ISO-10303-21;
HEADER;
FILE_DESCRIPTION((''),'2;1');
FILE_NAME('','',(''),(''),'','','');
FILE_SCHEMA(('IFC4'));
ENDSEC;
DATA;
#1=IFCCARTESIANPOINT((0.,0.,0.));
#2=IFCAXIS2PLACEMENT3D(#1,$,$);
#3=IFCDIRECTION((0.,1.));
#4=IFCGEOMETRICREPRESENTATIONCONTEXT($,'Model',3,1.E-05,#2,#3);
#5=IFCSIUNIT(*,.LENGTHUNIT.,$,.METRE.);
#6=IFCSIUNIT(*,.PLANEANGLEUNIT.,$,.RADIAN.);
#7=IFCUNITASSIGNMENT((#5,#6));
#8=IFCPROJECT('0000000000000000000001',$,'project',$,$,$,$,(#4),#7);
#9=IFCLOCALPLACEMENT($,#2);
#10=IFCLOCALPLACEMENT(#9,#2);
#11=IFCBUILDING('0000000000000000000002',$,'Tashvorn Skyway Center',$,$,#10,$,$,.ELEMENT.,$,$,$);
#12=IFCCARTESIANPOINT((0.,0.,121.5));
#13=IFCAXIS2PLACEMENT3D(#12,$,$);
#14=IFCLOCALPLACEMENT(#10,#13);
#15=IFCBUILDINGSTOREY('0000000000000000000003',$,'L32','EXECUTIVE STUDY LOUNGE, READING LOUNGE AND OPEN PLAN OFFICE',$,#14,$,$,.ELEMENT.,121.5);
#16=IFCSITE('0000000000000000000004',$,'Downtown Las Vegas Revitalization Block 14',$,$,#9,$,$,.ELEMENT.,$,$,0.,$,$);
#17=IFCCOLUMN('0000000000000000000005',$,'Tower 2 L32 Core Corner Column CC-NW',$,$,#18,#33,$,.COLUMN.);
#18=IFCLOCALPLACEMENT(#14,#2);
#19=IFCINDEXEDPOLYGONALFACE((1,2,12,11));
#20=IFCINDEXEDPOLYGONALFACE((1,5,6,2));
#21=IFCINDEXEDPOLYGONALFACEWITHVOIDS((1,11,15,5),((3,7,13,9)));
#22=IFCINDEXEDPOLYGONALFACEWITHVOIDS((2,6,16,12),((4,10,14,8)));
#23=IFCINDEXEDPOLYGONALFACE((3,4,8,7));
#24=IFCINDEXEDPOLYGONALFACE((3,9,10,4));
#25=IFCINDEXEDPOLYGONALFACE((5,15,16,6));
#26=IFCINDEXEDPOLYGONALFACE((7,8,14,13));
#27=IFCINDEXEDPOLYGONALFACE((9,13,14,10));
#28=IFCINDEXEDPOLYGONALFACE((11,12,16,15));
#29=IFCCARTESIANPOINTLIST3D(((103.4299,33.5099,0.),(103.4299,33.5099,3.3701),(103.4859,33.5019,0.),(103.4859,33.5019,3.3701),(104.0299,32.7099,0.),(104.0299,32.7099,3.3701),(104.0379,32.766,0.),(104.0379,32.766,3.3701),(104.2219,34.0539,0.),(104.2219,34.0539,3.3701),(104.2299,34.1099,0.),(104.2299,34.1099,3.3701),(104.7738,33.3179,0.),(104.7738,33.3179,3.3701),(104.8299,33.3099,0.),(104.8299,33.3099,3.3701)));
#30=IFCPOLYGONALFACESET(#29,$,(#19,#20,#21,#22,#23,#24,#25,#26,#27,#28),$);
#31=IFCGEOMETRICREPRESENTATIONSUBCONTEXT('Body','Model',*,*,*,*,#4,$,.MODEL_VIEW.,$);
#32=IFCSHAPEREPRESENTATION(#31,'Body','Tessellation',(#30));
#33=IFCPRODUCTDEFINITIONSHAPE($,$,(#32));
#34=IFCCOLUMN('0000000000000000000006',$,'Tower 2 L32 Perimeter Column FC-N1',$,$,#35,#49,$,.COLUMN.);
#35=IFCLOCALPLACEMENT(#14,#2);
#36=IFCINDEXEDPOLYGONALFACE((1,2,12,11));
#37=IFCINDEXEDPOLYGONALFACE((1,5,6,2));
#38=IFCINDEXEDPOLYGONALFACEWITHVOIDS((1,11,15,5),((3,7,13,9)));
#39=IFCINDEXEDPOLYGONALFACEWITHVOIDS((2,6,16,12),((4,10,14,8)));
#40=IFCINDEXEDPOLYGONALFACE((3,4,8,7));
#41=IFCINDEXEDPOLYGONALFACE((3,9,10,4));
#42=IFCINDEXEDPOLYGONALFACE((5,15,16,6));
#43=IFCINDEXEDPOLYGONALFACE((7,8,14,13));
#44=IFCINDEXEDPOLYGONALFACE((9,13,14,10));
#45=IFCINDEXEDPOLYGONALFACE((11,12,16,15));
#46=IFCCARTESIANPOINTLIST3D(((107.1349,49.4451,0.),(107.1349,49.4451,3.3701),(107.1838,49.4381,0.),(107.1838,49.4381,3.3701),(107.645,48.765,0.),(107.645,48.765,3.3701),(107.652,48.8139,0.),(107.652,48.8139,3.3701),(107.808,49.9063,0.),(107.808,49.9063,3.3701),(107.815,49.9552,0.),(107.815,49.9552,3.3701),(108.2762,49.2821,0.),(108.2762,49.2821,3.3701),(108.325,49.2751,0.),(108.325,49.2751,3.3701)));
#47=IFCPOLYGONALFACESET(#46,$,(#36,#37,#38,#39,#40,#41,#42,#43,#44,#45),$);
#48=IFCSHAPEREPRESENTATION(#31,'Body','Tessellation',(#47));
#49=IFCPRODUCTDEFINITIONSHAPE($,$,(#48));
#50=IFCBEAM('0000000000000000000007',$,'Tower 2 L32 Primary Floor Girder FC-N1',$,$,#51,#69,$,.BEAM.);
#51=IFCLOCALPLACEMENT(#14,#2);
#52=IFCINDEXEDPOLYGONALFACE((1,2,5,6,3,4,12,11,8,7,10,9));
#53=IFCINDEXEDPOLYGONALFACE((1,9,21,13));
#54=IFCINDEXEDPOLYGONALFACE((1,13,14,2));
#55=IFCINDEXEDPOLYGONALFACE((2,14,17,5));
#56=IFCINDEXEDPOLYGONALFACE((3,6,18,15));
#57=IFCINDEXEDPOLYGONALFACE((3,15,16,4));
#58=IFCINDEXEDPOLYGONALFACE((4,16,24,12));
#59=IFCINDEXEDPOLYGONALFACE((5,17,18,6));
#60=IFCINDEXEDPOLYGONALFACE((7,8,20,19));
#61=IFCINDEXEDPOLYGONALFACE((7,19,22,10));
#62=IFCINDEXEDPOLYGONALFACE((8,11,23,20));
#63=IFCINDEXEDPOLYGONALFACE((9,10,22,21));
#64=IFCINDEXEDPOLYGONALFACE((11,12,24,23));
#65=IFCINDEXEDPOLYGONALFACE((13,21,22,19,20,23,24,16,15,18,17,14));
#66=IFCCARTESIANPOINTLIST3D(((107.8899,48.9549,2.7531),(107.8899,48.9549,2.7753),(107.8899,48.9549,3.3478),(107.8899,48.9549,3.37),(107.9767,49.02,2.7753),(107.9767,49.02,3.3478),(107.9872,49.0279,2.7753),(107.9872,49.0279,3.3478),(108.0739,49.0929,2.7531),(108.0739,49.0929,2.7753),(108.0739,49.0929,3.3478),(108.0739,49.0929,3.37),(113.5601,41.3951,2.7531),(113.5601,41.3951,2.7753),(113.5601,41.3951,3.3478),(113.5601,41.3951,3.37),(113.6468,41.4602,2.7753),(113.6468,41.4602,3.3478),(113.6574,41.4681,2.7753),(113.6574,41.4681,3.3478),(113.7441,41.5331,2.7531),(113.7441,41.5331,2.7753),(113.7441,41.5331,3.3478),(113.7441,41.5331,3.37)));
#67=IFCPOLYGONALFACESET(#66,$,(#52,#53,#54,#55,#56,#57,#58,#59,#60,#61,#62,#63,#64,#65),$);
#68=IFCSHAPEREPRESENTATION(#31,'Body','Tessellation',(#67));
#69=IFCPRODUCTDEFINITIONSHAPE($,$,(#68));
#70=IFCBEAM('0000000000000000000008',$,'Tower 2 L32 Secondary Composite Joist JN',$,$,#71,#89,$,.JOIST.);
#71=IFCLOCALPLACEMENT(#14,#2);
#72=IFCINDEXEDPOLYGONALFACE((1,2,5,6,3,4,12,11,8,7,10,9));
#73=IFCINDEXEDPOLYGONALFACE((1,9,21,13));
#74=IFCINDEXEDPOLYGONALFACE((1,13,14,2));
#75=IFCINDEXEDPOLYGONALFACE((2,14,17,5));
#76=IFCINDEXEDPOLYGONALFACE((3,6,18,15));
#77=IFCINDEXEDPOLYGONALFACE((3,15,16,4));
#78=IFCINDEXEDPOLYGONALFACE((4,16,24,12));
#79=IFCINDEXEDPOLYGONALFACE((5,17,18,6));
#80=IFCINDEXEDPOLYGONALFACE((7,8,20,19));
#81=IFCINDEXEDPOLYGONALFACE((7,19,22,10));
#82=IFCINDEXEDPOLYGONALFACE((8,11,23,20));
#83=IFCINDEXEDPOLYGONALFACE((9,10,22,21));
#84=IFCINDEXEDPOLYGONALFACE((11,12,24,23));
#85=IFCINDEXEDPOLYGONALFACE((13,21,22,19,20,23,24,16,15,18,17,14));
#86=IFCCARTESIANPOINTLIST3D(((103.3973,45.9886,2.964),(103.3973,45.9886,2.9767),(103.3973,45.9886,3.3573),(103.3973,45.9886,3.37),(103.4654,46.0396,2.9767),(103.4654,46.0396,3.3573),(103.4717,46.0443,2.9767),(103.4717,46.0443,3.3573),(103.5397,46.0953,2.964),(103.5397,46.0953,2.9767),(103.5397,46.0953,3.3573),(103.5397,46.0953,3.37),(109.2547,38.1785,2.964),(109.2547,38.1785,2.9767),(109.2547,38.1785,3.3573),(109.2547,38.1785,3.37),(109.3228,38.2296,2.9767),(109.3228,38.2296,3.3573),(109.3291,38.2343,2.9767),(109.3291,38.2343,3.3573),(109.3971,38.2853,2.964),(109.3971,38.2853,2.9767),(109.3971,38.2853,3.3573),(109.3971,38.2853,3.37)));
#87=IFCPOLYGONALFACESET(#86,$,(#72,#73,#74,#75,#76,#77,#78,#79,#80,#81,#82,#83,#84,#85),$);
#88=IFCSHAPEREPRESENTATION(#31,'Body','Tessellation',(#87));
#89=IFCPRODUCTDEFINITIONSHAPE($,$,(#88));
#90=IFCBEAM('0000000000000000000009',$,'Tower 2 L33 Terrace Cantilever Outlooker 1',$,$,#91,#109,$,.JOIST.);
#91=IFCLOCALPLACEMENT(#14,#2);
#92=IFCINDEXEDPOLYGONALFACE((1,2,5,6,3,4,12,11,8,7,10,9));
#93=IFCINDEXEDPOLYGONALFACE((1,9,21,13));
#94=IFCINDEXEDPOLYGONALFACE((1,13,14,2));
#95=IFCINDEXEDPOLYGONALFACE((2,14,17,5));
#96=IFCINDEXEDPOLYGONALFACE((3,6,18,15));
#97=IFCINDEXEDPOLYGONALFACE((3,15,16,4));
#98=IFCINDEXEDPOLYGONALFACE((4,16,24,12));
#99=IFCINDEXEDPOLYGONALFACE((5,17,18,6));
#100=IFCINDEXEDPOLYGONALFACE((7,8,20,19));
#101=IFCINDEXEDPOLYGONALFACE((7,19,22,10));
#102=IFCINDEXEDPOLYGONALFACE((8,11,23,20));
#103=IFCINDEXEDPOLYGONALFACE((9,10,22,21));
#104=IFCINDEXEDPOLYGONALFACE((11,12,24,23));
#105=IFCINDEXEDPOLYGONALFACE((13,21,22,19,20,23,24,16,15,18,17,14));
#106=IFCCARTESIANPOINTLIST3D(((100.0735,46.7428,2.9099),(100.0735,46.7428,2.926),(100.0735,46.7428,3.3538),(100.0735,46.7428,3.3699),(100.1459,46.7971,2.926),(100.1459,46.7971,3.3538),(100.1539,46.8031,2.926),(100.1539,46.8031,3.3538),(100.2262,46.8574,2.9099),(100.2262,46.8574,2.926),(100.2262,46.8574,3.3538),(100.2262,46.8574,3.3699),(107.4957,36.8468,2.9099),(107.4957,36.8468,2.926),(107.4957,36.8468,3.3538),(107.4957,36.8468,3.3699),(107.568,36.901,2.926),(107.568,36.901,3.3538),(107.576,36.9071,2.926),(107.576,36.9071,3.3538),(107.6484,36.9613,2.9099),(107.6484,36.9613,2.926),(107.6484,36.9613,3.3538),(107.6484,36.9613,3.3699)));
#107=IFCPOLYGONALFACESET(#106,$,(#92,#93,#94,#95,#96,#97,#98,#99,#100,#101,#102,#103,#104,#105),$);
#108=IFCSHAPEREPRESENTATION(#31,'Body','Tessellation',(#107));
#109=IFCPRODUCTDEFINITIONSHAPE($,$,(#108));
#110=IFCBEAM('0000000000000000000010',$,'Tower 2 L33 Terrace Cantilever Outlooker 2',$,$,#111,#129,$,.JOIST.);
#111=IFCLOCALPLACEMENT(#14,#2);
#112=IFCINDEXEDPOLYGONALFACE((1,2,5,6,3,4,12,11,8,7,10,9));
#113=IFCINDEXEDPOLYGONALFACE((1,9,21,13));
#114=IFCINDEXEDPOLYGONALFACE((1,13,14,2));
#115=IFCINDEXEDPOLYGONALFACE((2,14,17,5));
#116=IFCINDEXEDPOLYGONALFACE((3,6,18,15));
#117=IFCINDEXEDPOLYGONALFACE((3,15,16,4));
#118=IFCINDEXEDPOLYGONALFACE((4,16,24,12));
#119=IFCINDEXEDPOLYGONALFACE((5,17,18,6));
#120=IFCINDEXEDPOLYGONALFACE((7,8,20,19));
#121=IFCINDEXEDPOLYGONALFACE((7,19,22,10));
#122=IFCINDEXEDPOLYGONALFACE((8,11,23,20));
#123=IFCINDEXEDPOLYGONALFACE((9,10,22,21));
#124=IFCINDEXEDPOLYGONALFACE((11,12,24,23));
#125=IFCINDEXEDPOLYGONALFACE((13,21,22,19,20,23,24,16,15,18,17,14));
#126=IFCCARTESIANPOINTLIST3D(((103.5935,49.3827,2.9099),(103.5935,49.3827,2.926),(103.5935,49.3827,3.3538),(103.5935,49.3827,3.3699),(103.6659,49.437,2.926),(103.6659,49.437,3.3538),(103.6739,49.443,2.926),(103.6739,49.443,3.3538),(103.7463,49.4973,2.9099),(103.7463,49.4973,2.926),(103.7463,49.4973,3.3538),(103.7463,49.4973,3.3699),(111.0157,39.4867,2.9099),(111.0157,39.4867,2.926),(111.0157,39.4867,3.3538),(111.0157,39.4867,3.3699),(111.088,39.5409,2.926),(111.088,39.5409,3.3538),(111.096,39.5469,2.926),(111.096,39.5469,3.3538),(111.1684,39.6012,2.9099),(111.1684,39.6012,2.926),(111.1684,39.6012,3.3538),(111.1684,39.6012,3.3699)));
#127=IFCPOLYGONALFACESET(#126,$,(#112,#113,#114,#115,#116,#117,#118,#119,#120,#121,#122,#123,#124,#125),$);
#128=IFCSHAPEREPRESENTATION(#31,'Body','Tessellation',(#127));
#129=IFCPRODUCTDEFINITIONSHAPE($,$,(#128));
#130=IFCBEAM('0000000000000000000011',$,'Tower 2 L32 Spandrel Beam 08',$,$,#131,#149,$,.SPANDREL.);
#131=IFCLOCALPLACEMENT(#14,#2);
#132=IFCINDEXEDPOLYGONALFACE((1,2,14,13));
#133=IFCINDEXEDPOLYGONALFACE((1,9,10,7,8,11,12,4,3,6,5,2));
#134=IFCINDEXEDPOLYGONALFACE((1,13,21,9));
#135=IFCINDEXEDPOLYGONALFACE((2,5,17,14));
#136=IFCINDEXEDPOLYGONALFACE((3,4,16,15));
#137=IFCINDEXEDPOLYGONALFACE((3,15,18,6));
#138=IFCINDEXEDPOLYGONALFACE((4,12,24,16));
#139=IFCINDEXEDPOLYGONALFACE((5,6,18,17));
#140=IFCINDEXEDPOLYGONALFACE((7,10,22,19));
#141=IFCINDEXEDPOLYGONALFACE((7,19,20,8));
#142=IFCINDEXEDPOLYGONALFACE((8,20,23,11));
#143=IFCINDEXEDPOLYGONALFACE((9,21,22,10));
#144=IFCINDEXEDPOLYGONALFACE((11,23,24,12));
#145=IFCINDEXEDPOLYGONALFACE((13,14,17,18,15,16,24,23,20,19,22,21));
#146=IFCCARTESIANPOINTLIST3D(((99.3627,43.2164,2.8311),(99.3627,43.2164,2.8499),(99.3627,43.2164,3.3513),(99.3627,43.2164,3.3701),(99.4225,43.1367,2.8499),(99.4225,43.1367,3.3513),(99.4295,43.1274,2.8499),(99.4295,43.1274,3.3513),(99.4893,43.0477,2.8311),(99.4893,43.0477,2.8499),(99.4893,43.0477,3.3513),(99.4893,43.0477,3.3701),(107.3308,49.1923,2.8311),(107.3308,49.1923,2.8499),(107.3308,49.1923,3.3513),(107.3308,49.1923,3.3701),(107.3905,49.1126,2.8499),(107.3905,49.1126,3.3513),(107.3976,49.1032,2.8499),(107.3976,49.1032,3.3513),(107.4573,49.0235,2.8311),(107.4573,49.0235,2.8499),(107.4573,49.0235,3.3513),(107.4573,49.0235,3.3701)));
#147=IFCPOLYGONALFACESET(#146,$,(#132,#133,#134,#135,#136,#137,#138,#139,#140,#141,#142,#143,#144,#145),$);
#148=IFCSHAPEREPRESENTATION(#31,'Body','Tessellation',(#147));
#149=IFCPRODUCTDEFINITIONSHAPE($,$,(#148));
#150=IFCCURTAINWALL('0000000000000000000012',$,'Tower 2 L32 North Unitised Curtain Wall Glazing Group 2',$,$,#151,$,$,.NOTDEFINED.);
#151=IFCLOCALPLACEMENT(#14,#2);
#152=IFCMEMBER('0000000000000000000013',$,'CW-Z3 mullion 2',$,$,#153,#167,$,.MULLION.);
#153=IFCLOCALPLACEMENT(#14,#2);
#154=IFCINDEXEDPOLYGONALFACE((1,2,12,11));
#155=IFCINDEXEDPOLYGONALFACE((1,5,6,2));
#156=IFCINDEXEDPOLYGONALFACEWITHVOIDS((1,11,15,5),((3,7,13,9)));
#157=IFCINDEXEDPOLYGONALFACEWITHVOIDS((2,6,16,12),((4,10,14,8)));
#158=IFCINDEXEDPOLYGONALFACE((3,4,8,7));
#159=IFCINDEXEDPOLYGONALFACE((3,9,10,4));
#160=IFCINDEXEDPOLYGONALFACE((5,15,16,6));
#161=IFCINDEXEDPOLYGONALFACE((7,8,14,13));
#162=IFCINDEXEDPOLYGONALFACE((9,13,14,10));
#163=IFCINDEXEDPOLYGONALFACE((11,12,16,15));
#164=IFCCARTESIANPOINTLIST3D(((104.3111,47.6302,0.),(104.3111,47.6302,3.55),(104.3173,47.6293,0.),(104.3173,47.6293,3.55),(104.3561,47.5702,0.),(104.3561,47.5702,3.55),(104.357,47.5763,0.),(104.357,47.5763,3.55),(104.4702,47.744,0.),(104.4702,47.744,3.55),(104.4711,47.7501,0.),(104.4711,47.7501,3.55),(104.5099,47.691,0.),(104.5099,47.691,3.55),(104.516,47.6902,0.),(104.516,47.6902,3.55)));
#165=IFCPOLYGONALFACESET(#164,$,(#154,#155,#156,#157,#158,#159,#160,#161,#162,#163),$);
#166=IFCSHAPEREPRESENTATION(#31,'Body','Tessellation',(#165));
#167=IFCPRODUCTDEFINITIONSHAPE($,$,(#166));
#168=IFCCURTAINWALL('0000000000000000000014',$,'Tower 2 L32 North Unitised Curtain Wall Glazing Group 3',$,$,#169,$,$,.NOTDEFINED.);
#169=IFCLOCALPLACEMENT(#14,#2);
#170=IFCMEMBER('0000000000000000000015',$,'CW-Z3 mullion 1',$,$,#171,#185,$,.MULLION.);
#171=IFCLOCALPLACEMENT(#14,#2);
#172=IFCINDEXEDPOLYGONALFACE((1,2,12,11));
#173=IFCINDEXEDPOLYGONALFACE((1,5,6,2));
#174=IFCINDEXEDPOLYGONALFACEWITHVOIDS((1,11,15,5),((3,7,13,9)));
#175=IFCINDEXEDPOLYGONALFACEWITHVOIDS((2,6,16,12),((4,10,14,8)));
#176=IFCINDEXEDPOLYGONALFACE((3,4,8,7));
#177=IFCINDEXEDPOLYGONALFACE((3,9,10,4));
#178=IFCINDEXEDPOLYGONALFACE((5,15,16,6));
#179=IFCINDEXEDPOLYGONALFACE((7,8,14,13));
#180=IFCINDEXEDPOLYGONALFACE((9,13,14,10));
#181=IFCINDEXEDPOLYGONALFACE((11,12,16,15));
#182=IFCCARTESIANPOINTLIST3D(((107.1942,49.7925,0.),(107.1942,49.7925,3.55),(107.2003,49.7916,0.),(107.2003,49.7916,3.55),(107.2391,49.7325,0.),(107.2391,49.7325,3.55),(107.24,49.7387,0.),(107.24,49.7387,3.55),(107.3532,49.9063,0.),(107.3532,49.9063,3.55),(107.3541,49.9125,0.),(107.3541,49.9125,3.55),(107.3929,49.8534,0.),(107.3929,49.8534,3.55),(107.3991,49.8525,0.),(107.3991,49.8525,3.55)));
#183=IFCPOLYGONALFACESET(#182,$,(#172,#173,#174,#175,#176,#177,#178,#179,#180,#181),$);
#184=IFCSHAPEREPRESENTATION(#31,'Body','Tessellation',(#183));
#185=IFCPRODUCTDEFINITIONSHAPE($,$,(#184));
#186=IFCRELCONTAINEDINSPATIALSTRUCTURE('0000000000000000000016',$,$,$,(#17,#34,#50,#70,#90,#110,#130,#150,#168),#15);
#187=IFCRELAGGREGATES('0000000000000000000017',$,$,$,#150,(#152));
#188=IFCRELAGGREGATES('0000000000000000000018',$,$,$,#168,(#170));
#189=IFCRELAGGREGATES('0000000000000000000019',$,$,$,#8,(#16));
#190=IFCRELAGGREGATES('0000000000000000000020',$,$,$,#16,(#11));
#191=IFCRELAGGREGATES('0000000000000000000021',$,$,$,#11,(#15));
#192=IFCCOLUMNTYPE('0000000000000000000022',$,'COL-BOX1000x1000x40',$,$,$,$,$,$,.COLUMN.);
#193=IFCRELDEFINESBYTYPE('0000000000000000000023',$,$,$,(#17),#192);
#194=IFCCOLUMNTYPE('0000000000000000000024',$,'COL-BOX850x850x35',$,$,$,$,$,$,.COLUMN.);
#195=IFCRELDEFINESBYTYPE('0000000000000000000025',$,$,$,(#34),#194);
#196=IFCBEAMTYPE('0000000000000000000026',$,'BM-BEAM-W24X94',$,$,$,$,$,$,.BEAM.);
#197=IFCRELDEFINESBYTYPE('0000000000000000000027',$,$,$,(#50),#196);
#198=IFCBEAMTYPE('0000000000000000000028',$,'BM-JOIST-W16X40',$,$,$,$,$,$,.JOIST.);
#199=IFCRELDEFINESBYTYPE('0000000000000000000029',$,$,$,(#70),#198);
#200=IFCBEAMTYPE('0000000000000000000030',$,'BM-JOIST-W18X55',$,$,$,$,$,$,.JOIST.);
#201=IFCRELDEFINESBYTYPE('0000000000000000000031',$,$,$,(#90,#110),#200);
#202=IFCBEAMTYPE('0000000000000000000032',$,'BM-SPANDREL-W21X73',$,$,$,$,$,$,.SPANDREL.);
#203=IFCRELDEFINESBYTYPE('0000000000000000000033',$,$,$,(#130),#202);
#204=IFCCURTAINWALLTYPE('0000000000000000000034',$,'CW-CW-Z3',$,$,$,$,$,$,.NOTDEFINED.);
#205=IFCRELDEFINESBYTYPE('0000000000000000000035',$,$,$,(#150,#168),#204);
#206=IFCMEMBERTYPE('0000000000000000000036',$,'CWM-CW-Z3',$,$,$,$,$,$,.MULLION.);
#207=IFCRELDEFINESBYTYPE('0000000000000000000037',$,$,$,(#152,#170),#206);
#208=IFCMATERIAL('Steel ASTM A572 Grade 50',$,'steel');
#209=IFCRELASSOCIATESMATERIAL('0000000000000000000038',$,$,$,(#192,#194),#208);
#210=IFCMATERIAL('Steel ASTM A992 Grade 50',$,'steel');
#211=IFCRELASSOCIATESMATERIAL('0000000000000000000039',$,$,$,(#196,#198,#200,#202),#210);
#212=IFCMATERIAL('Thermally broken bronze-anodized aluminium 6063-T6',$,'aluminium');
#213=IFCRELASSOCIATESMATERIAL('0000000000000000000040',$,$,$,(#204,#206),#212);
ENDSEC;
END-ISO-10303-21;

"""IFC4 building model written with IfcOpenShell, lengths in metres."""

from ifc_helpers import new_model, si_unit, direction, frame, origin, origin_2d, place, context, subcontext, project, spatial, hollow_rectangle, i_section, extrude, material, material_profile, profile_set, type_object, element, aggregate, save


model = new_model("IFC4")

# Units and contexts
model_context = context("Model", 3, precision=1e-05, world=origin(), true_north=direction((0.0, 1.0)))
body_context = subcontext(model_context, "Body", "Model", "MODEL_VIEW")
ifc_project = project(units=[si_unit("LENGTHUNIT", "METRE"), si_unit("PLANEANGLEUNIT", "RADIAN")], contexts=[model_context])

# Site, building, storey
site_placement = place(None, origin())
site = spatial("IfcSite", under=ifc_project, at=site_placement, Name="Downtown Las Vegas Revitalization Block 14", CompositionType="ELEMENT", RefElevation=0.0)
building_placement = place(site_placement, origin())
building = spatial("IfcBuilding", under=site, at=building_placement, Name="Tashvorn Skyway Center", CompositionType="ELEMENT")
storey_placement = place(building_placement, frame((0.0, 0.0, 121.5)))
storey = spatial("IfcBuildingStorey", under=building, at=storey_placement, Name="L32", Description="EXECUTIVE STUDY LOUNGE, READING LOUNGE AND OPEN PLAN OFFICE", CompositionType="ELEMENT", Elevation=121.5)

# Columns
ifc_material_1 = material(Name="Steel ASTM A572 Grade 50", Category="steel")
ifc_material_profile_1 = material_profile(ifc_material_1, hollow_rectangle(XDim=1.0, YDim=1.0, WallThickness=0.04, at=origin_2d()), Name="BOX1000x1000x40")
ifc_profile_set_1 = profile_set([ifc_material_profile_1], Name="Steel ASTM A572 Grade 50")
column_type_1 = type_object("IfcColumnType", Name="COL-BOX1000x1000x40", PredefinedType="COLUMN", material=ifc_profile_set_1)
column_1_placement = place(storey_placement, frame((104.1299, 33.4099, 0.0), z_axis=(0.0, 0.0, 1.0), x_axis=(0.8, 0.6, 0.0)))
element("IfcColumn", 1, at=column_1_placement, inside=storey, type_object=column_type_1, Name="Tower 2 L32 Core Corner Column CC-NW", PredefinedType="COLUMN", context=body_context, shape_type="SweptSolid", body=[
    extrude(hollow_rectangle(XDim=1.0, YDim=1.0, WallThickness=0.04, at=origin_2d()), origin(), (0.0, 0.0, 1.0), 3.3701),
])
ifc_material_profile_2 = material_profile(ifc_material_1, hollow_rectangle(XDim=0.8501, YDim=0.8501, WallThickness=0.0349, at=origin_2d()), Name="BOX850x850x35")
ifc_profile_set_2 = profile_set([ifc_material_profile_2], Name="Steel ASTM A572 Grade 50")
column_type_2 = type_object("IfcColumnType", Name="COL-BOX850x850x35", PredefinedType="COLUMN", material=ifc_profile_set_2)
column_2_placement = place(storey_placement, frame((107.73, 49.3601, 0.0), z_axis=(0.0, 0.0, 1.0), x_axis=(0.8, 0.6, 0.0)))
element("IfcColumn", 2, at=column_2_placement, inside=storey, type_object=column_type_2, Name="Tower 2 L32 Perimeter Column FC-N1", PredefinedType="COLUMN", context=body_context, shape_type="SweptSolid", body=[
    extrude(hollow_rectangle(XDim=0.8501, YDim=0.8501, WallThickness=0.0349, at=origin_2d()), origin(), (0.0, 0.0, 1.0), 3.3701),
])

# Beams
ifc_material_2 = material(Name="Steel ASTM A992 Grade 50", Category="steel")
ifc_material_profile_3 = material_profile(ifc_material_2, i_section(OverallWidth=0.23, OverallDepth=0.6169, WebThickness=0.0132, FlangeThickness=0.0222, at=origin_2d()), Name="W24X94")
ifc_profile_set_3 = profile_set([ifc_material_profile_3], Name="Steel ASTM A992 Grade 50")
beam_type_1 = type_object("IfcBeamType", Name="BM-BEAM-W24X94", PredefinedType="BEAM", material=ifc_profile_set_3)
beam_1_placement = place(storey_placement, frame((107.9819, 49.0239, 3.0615), z_axis=(0.600021, -0.799984, 0.0), x_axis=(0.799984, 0.600021, 0.0)))
element("IfcBeam", 3, at=beam_1_placement, inside=storey, type_object=beam_type_1, Name="Tower 2 L32 Primary Floor Girder FC-N1", PredefinedType="BEAM", context=body_context, shape_type="SweptSolid", body=[
    extrude(i_section(OverallWidth=0.23, OverallDepth=0.6169, WebThickness=0.0132, FlangeThickness=0.0222, at=origin_2d()), origin(), (0.0, 0.0, 1.0), 9.45),
])
ifc_material_profile_4 = material_profile(ifc_material_2, i_section(OverallWidth=0.178, OverallDepth=0.406, WebThickness=0.0078, FlangeThickness=0.0127, at=origin_2d()), Name="W16X40")
ifc_profile_set_4 = profile_set([ifc_material_profile_4], Name="Steel ASTM A992 Grade 50")
beam_type_2 = type_object("IfcBeamType", Name="BM-JOIST-W16X40", PredefinedType="JOIST", material=ifc_profile_set_4)
beam_2_placement = place(storey_placement, frame((109.3259, 38.2319, 3.167), z_axis=(-0.599992, 0.800006, 0.0), x_axis=(-0.800006, -0.599992, 0.0)))
element("IfcBeam", 4, at=beam_2_placement, inside=storey, type_object=beam_type_2, Name="Tower 2 L32 Secondary Composite Joist JN", PredefinedType="JOIST", context=body_context, shape_type="SweptSolid", body=[
    extrude(i_section(OverallWidth=0.178, OverallDepth=0.406, WebThickness=0.0078, FlangeThickness=0.0127, at=origin_2d()), origin(), (0.0, 0.0, 1.0), 9.7625),
])
ifc_material_profile_5 = material_profile(ifc_material_2, i_section(OverallWidth=0.1909, OverallDepth=0.46, WebThickness=0.01, FlangeThickness=0.0161, at=origin_2d()), Name="W18X55")
ifc_profile_set_5 = profile_set([ifc_material_profile_5], Name="Steel ASTM A992 Grade 50")
beam_type_3 = type_object("IfcBeamType", Name="BM-JOIST-W18X55", PredefinedType="JOIST", material=ifc_profile_set_5)
for number, where, z_axis, x_axis, name in (
    (5, (107.572, 36.9041, 3.1399), (-0.600006, 0.799995, 0.0), (-0.799995, -0.600006, 0.0), "Tower 2 L33 Terrace Cantilever Outlooker 1"),
    (6, (111.092, 39.5439, 3.1399), (-0.600006, 0.799995, 0.0), (-0.799995, -0.600006, 0.0), "Tower 2 L33 Terrace Cantilever Outlooker 2"),
):
    element("IfcBeam", number, at=place(storey_placement, frame(where, z_axis=z_axis, x_axis=x_axis)), inside=storey, type_object=beam_type_3, Name=name, PredefinedType="JOIST", context=body_context, shape_type="SweptSolid", body=[
        extrude(i_section(OverallWidth=0.1909, OverallDepth=0.46, WebThickness=0.01, FlangeThickness=0.0161, at=origin_2d()), origin(), (0.0, 0.0, 1.0), 12.3701),
    ])
ifc_material_profile_6 = material_profile(ifc_material_2, i_section(OverallWidth=0.2109, OverallDepth=0.5391, WebThickness=0.0117, FlangeThickness=0.0188, at=origin_2d()), Name="W21X73")
ifc_profile_set_6 = profile_set([ifc_material_profile_6], Name="Steel ASTM A992 Grade 50")
beam_type_4 = type_object("IfcBeamType", Name="BM-SPANDREL-W21X73", PredefinedType="SPANDREL", material=ifc_profile_set_6)
beam_3_placement = place(storey_placement, frame((107.394, 49.1079, 3.1006), z_axis=(-0.800009, -0.599988, 0.0), x_axis=(0.599988, -0.800009, 0.0)))
element("IfcBeam", 7, at=beam_3_placement, inside=storey, type_object=beam_type_4, Name="Tower 2 L32 Spandrel Beam 08", PredefinedType="SPANDREL", context=body_context, shape_type="SweptSolid", body=[
    extrude(i_section(OverallWidth=0.2109, OverallDepth=0.5391, WebThickness=0.0117, FlangeThickness=0.0188, at=origin_2d()), origin(), (0.0, 0.0, 1.0), 9.96),
])

# Curtain wall, member
ifc_material_3 = material(Name="Thermally broken bronze-anodized aluminium 6063-T6", Category="aluminium")
curtain_wall_type = type_object("IfcCurtainWallType", Name="CW-CW-Z3", PredefinedType="NOTDEFINED", material=ifc_material_3)
curtain_wall_1_placement = place(storey_placement, origin())
curtain_wall_1 = element("IfcCurtainWall", 8, at=curtain_wall_1_placement, inside=storey, type_object=curtain_wall_type, Name="Tower 2 L32 North Unitised Curtain Wall Glazing Group 2", PredefinedType="NOTDEFINED")
ifc_material_profile_7 = material_profile(ifc_material_3, hollow_rectangle(XDim=0.075, YDim=0.2, WallThickness=0.0044, at=origin_2d()), Name="ALU-MULL-75x200")
ifc_profile_set_7 = profile_set([ifc_material_profile_7], Name="Thermally broken bronze-anodized aluminium 6063-T6")
member_type_1 = type_object("IfcMemberType", Name="CWM-CW-Z3", PredefinedType="MULLION", material=ifc_profile_set_7)
member_1_placement = place(storey_placement, frame((104.4136, 47.6602, 0.0), z_axis=(0.0, 0.0, 1.0), x_axis=(-0.6, 0.8, 0.0)))
member_1 = element("IfcMember", 9, at=member_1_placement, type_object=member_type_1, Name="CW-Z3 mullion 2", PredefinedType="MULLION", context=body_context, shape_type="SweptSolid", body=[
    extrude(hollow_rectangle(XDim=0.075, YDim=0.2, WallThickness=0.0044, at=origin_2d()), origin(), (0.0, 0.0, 1.0), 3.55),
])
aggregate(curtain_wall_1, [member_1])

# Curtain wall, member
curtain_wall_2_placement = place(storey_placement, origin())
curtain_wall_2 = element("IfcCurtainWall", 10, at=curtain_wall_2_placement, inside=storey, type_object=curtain_wall_type, Name="Tower 2 L32 North Unitised Curtain Wall Glazing Group 3", PredefinedType="NOTDEFINED")
member_2_placement = place(storey_placement, frame((107.2966, 49.8225, 0.0), z_axis=(0.0, 0.0, 1.0), x_axis=(-0.600002, 0.799999, 0.0)))
member_2 = element("IfcMember", 11, at=member_2_placement, type_object=member_type_1, Name="CW-Z3 mullion 1", PredefinedType="MULLION", context=body_context, shape_type="SweptSolid", body=[
    extrude(hollow_rectangle(XDim=0.075, YDim=0.2, WallThickness=0.0044, at=origin_2d()), origin(), (0.0, 0.0, 1.0), 3.55),
])
aggregate(curtain_wall_2, [member_2])

save(model, "model.ifc")
